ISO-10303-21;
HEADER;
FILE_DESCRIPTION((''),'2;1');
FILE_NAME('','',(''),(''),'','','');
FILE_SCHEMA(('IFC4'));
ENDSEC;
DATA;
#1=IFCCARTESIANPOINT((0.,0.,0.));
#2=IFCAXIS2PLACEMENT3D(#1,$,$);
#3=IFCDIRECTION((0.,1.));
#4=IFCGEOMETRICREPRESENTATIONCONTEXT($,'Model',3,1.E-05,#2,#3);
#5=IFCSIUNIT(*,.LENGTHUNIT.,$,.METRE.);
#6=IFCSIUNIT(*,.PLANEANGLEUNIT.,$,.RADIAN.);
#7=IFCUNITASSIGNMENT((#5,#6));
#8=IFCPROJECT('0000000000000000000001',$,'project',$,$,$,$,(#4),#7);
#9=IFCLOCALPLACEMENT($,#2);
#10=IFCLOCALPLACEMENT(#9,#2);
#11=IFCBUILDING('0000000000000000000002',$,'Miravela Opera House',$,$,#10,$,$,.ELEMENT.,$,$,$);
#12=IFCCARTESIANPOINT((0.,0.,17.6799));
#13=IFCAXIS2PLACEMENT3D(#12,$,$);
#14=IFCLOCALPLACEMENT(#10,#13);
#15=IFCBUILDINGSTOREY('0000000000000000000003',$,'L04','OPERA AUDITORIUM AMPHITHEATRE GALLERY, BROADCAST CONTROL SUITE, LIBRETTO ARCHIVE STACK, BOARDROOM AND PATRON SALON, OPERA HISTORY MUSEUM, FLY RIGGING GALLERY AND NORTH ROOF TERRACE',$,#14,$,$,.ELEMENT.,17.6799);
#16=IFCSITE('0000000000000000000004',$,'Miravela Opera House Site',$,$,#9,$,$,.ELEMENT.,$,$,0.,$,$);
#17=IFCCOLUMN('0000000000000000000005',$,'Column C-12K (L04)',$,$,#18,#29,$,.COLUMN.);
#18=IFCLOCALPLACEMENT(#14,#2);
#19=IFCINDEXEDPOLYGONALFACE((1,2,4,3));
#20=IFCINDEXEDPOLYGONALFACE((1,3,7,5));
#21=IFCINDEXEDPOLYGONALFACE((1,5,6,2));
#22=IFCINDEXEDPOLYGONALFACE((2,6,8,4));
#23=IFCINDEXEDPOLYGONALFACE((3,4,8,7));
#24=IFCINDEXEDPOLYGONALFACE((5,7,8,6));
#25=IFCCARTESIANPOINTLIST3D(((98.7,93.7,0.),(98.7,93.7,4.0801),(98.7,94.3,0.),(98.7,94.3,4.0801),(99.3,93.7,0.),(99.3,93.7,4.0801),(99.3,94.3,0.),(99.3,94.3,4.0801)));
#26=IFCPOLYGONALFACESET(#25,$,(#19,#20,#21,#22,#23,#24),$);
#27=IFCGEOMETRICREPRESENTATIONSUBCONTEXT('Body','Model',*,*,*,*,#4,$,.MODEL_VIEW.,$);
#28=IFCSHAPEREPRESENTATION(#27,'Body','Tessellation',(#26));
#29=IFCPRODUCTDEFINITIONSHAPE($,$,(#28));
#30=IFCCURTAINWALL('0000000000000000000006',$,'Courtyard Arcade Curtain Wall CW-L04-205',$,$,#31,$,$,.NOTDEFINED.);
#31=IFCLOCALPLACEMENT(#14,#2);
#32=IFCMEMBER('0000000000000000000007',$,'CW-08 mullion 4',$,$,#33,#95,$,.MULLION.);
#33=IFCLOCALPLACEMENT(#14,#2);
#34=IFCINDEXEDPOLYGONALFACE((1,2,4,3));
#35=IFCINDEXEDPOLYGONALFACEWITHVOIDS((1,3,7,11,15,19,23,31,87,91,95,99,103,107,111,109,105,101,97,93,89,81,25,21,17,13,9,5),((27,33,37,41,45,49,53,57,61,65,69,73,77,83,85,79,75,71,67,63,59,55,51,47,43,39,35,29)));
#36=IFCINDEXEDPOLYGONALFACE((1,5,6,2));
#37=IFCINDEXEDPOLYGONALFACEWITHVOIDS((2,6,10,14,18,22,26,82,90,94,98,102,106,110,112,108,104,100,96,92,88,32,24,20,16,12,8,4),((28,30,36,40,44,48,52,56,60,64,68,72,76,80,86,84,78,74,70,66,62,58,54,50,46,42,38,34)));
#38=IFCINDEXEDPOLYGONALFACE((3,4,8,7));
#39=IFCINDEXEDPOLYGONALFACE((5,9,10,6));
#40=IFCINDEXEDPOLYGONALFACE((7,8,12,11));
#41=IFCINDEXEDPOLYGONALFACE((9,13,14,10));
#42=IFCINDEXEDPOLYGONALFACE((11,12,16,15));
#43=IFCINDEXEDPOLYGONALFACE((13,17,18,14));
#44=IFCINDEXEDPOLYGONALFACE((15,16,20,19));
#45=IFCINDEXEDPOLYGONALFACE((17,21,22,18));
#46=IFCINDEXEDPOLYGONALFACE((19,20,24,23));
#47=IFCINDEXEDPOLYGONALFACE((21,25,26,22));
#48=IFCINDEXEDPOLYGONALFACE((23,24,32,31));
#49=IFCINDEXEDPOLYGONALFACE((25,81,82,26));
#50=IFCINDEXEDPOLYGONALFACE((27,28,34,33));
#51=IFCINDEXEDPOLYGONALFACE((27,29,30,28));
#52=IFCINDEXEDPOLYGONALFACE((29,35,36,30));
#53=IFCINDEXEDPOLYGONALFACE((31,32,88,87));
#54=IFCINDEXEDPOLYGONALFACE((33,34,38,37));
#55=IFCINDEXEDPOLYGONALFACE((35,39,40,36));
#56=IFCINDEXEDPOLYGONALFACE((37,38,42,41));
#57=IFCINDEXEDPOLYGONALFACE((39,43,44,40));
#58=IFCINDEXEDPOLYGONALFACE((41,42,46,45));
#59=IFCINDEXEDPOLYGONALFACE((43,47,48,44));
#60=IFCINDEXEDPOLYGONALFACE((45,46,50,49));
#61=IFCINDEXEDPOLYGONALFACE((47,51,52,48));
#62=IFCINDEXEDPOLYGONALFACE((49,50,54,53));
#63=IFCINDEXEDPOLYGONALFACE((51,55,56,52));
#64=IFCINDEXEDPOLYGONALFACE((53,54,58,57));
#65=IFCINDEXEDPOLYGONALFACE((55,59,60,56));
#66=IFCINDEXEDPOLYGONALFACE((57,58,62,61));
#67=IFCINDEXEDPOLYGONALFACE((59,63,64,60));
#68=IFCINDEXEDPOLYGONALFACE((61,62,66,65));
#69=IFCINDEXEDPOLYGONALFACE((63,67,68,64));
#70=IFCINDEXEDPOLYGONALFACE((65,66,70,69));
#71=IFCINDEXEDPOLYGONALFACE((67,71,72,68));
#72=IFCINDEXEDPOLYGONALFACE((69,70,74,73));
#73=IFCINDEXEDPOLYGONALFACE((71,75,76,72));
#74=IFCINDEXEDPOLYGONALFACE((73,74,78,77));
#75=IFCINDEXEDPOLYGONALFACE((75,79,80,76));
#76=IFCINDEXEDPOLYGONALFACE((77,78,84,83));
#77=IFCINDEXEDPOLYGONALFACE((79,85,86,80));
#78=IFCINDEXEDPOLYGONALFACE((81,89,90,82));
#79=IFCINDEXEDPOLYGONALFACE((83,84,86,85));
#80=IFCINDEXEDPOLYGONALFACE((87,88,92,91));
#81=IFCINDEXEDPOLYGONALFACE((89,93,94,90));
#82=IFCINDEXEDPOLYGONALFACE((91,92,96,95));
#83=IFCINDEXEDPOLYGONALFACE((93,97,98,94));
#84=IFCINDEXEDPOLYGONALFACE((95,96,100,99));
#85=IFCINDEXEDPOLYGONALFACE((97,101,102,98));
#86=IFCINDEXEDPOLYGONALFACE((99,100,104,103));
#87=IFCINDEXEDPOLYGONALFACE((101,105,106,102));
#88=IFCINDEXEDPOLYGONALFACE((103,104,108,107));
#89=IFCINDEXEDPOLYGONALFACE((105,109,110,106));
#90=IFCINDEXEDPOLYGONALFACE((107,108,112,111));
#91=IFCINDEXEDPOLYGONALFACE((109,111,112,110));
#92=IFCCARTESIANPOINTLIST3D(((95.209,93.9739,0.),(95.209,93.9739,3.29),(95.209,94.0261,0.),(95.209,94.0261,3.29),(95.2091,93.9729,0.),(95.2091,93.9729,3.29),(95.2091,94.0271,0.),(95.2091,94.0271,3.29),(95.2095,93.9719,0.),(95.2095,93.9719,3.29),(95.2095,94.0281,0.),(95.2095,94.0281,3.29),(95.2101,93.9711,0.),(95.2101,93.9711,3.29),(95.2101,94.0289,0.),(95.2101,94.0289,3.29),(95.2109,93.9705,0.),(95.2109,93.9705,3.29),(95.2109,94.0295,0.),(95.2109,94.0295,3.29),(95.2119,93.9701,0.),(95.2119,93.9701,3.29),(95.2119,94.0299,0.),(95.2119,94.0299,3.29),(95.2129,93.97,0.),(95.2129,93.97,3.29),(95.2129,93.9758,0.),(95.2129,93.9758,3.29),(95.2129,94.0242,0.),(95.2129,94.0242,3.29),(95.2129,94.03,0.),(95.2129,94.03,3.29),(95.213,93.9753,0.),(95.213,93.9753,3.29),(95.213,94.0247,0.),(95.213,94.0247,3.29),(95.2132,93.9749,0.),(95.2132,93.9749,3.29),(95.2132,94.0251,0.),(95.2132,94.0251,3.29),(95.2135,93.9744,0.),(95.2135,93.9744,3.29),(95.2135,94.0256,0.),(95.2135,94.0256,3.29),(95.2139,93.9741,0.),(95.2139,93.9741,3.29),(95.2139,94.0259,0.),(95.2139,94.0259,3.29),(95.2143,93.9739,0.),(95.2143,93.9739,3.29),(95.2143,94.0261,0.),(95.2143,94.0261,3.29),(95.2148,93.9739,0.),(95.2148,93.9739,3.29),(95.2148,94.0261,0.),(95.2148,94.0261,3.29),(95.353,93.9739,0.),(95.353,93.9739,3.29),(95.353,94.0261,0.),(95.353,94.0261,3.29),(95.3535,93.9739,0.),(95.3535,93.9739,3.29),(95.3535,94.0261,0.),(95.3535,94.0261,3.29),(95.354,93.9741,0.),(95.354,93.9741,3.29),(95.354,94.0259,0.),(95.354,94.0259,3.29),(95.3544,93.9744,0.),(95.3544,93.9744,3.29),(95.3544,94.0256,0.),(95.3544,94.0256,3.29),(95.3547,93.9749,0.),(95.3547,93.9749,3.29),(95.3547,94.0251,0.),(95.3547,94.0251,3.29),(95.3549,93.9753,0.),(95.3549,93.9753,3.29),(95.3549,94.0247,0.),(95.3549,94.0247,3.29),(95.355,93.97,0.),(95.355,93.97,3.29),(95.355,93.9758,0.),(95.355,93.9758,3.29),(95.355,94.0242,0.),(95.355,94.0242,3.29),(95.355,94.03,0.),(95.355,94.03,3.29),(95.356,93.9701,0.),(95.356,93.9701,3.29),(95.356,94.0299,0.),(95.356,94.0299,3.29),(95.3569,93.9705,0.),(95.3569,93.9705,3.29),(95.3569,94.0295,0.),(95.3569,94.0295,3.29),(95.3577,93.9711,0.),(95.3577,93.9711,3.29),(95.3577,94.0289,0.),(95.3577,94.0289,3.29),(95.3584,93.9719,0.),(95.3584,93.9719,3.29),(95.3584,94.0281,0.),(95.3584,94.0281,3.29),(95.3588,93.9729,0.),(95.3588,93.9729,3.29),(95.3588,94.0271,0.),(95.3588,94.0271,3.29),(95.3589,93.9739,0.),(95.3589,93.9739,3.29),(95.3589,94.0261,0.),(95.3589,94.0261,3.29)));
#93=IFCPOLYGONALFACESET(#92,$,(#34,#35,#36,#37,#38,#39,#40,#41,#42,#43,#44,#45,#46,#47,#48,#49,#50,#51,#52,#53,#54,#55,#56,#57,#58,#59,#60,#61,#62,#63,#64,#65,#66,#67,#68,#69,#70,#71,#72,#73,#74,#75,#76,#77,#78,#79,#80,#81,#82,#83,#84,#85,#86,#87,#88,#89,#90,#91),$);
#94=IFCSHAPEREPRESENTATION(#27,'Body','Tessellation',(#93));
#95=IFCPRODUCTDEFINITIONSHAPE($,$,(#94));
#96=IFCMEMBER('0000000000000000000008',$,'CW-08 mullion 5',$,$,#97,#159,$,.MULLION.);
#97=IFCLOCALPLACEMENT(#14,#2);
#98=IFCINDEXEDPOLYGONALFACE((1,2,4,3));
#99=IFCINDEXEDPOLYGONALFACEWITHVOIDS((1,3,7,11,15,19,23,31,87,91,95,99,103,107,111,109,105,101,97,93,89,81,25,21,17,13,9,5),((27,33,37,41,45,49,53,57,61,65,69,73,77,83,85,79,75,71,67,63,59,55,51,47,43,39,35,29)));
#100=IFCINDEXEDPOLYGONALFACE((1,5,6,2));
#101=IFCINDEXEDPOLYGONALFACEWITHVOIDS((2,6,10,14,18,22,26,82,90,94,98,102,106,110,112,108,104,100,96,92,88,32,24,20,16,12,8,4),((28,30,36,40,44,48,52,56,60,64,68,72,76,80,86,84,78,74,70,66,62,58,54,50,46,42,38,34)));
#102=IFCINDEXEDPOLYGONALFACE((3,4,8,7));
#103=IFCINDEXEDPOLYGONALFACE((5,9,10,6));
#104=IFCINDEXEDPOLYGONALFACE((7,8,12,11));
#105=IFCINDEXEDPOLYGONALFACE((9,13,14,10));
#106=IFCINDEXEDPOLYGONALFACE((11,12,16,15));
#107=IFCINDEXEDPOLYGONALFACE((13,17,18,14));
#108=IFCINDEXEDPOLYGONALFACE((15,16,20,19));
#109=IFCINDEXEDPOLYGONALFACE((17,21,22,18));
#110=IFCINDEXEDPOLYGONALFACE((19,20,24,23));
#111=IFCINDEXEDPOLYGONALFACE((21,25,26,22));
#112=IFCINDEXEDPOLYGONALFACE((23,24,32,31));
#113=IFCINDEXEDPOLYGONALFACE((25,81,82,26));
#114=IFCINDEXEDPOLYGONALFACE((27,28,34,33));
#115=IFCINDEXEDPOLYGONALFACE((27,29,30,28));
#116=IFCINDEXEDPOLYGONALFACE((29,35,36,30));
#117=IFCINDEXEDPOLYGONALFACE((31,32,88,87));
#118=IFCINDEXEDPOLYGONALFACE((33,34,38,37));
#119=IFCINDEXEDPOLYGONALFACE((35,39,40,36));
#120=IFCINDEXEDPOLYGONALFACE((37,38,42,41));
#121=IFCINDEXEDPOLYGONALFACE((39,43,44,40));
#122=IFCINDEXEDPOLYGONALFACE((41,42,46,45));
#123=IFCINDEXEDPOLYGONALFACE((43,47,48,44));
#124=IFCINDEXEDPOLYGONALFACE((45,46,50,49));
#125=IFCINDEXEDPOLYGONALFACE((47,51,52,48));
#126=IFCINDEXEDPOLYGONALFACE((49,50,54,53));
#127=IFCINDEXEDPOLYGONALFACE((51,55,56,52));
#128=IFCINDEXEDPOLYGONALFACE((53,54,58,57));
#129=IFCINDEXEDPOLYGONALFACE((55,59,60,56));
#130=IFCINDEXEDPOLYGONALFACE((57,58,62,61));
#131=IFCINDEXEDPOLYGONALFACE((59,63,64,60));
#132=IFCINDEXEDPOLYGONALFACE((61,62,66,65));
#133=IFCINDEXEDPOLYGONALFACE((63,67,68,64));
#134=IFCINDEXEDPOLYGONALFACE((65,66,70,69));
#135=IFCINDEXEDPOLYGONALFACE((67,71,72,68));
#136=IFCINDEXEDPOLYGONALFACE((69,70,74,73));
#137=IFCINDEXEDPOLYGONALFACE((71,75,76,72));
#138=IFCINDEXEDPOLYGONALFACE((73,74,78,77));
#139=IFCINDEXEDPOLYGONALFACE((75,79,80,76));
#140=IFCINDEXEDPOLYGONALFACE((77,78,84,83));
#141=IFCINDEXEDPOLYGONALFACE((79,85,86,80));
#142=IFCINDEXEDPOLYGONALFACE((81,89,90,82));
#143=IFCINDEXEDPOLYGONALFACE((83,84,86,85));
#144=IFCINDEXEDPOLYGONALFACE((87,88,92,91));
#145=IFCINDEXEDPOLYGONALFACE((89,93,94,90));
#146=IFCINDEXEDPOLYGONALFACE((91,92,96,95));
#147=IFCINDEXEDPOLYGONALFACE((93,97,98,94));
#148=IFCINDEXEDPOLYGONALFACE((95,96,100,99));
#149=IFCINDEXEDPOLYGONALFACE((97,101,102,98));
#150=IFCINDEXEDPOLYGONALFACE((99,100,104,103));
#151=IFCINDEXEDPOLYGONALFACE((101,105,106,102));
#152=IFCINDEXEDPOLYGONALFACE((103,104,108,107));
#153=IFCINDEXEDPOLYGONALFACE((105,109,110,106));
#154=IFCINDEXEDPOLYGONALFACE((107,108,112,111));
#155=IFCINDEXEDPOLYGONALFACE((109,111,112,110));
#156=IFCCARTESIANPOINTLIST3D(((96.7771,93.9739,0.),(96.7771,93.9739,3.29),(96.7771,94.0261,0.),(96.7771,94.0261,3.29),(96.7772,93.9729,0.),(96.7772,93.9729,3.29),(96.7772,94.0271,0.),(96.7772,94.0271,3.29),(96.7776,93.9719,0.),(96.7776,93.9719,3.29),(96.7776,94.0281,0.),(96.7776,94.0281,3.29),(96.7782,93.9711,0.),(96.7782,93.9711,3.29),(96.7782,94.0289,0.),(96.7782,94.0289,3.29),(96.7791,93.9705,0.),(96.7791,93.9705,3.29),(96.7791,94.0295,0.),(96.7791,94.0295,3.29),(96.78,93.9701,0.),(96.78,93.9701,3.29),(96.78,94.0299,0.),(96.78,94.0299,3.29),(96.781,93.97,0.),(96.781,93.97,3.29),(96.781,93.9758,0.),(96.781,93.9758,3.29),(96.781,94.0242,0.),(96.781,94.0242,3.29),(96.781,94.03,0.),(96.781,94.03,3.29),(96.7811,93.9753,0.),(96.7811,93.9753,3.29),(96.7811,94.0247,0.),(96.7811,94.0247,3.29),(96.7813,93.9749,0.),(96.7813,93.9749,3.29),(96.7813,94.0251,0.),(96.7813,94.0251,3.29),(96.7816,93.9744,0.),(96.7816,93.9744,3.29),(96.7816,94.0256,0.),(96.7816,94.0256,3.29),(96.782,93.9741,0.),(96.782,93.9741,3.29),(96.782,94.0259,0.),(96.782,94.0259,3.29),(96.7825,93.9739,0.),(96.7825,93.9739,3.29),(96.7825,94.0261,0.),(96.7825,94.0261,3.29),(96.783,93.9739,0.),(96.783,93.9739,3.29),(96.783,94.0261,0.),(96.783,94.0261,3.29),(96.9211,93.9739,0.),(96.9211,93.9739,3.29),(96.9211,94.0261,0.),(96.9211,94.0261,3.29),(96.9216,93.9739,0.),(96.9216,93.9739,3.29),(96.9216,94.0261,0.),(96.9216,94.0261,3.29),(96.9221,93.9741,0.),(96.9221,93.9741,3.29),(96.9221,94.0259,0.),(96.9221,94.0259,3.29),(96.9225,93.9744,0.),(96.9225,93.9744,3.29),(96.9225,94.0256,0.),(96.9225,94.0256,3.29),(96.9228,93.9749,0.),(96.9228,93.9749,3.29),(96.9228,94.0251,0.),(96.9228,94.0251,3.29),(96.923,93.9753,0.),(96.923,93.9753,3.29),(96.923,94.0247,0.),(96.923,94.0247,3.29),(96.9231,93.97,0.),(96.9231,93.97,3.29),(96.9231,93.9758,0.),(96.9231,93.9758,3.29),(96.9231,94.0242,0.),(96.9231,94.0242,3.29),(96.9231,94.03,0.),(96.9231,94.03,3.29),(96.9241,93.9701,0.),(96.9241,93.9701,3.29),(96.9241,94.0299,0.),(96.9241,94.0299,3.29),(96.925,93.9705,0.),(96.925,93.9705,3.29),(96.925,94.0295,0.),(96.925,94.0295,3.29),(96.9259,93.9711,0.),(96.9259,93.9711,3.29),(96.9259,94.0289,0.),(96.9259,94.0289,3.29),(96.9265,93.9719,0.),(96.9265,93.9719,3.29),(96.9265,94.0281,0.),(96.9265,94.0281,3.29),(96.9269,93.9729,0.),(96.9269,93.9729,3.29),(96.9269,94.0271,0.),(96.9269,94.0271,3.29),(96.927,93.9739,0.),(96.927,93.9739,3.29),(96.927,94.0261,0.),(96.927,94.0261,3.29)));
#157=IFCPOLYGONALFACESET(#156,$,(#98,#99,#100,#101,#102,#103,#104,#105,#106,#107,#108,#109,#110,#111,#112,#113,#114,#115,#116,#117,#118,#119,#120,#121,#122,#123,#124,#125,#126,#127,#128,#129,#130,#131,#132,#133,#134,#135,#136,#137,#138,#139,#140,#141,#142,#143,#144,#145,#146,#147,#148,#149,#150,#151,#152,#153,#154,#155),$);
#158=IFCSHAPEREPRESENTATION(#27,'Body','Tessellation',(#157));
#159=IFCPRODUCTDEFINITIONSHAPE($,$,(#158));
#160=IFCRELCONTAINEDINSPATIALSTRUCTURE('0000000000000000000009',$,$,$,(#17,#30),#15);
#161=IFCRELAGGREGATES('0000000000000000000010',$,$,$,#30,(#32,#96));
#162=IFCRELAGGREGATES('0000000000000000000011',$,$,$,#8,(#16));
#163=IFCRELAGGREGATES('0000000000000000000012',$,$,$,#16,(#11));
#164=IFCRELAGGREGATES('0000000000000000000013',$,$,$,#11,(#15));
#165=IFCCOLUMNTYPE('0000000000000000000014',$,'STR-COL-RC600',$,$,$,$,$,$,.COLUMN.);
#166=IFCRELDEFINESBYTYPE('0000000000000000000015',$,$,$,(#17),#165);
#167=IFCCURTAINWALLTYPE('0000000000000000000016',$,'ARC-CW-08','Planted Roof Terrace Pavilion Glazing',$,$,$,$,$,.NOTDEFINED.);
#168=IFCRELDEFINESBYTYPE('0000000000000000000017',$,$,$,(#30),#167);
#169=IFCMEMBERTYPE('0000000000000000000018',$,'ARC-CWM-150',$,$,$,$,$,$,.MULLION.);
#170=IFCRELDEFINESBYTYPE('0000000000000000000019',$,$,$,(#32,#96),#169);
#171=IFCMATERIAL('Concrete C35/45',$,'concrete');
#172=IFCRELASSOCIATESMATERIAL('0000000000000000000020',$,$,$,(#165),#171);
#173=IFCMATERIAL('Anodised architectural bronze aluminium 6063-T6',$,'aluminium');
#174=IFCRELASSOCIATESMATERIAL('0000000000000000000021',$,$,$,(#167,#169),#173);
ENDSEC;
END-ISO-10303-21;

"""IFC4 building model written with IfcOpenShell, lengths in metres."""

from ifc_helpers import new_model, si_unit, direction, frame, origin, origin_2d, place, context, subcontext, project, spatial, rectangle, hollow_rectangle, extrude, material, material_profile, profile_set, type_object, element, aggregate, save


model = new_model("IFC4")

# Units and contexts
model_context = context("Model", 3, precision=1e-05, world=origin(), true_north=direction((0.0, 1.0)))
body_context = subcontext(model_context, "Body", "Model", "MODEL_VIEW")
ifc_project = project(units=[si_unit("LENGTHUNIT", "METRE"), si_unit("PLANEANGLEUNIT", "RADIAN")], contexts=[model_context])

# Site, building, storey
site_placement = place(None, origin())
site = spatial("IfcSite", under=ifc_project, at=site_placement, Name="Miravela Opera House Site", CompositionType="ELEMENT", RefElevation=0.0)
building_placement = place(site_placement, origin())
building = spatial("IfcBuilding", under=site, at=building_placement, Name="Miravela Opera House", CompositionType="ELEMENT")
storey_placement = place(building_placement, frame((0.0, 0.0, 17.6799)))
storey = spatial("IfcBuildingStorey", under=building, at=storey_placement, Name="L04", Description="OPERA AUDITORIUM AMPHITHEATRE GALLERY, BROADCAST CONTROL SUITE, LIBRETTO ARCHIVE STACK, BOARDROOM AND PATRON SALON, OPERA HISTORY MUSEUM, FLY RIGGING GALLERY AND NORTH ROOF TERRACE", CompositionType="ELEMENT", Elevation=17.6799)

# Column
ifc_material_1 = material(Name="Concrete C35/45", Category="concrete")
ifc_material_profile_1 = material_profile(ifc_material_1, rectangle(XDim=0.6001, YDim=0.6001, at=origin_2d()), Name="RC-COL-600X600")
ifc_profile_set_1 = profile_set([ifc_material_profile_1])
column_type = type_object("IfcColumnType", Name="STR-COL-RC600", PredefinedType="COLUMN", material=ifc_profile_set_1)
column_placement = place(storey_placement, frame((99.0, 94.0, 0.0), z_axis=(0.0, 0.0, 1.0), x_axis=(1.0, 0.0, 0.0)))
element("IfcColumn", 1, at=column_placement, inside=storey, type_object=column_type, Name="Column C-12K (L04)", PredefinedType="COLUMN", context=body_context, shape_type="SweptSolid", body=[
    extrude(rectangle(XDim=0.6001, YDim=0.6001, at=origin_2d()), origin(), (0.0, 0.0, 1.0), 4.0801),
])

# Curtain wall, members
ifc_material_2 = material(Name="Anodised architectural bronze aluminium 6063-T6", Category="aluminium")
curtain_wall_type = type_object("IfcCurtainWallType", Name="ARC-CW-08", Description="Planted Roof Terrace Pavilion Glazing", PredefinedType="NOTDEFINED", material=ifc_material_2)
curtain_wall_1_placement = place(storey_placement, origin())
curtain_wall_1 = element("IfcCurtainWall", 2, at=curtain_wall_1_placement, inside=storey, type_object=curtain_wall_type, Name="Courtyard Arcade Curtain Wall CW-L04-205", PredefinedType="NOTDEFINED")
ifc_material_profile_2 = material_profile(ifc_material_2, hollow_rectangle(XDim=0.0601, YDim=0.1499, WallThickness=0.0039, InnerFilletRadius=0.002, OuterFilletRadius=0.0039, at=origin_2d()), Name="CWM-60X150")
ifc_profile_set_2 = profile_set([ifc_material_profile_2])
member_type_1 = type_object("IfcMemberType", Name="ARC-CWM-150", PredefinedType="MULLION", material=ifc_profile_set_2)
member_1_placement = place(storey_placement, frame((95.2839, 94.0, 0.0), z_axis=(0.0, 0.0, 1.0), x_axis=(0.0, 1.0, 0.0)))
member_1 = element("IfcMember", 3, at=member_1_placement, type_object=member_type_1, Name="CW-08 mullion 4", PredefinedType="MULLION", context=body_context, shape_type="SweptSolid", body=[
    extrude(hollow_rectangle(XDim=0.0601, YDim=0.1499, WallThickness=0.0039, InnerFilletRadius=0.002, OuterFilletRadius=0.0039, at=origin_2d()), origin(), (0.0, 0.0, 1.0), 3.29),
])
member_2_placement = place(storey_placement, frame((96.8521, 94.0, 0.0), z_axis=(0.0, 0.0, 1.0), x_axis=(0.0, 1.0, 0.0)))
member_2 = element("IfcMember", 4, at=member_2_placement, type_object=member_type_1, Name="CW-08 mullion 5", PredefinedType="MULLION", context=body_context, shape_type="SweptSolid", body=[
    extrude(hollow_rectangle(XDim=0.0601, YDim=0.1499, WallThickness=0.0039, InnerFilletRadius=0.002, OuterFilletRadius=0.0039, at=origin_2d()), origin(), (0.0, 0.0, 1.0), 3.29),
])

aggregate(curtain_wall_1, [member_1, member_2])

save(model, "model.ifc")
